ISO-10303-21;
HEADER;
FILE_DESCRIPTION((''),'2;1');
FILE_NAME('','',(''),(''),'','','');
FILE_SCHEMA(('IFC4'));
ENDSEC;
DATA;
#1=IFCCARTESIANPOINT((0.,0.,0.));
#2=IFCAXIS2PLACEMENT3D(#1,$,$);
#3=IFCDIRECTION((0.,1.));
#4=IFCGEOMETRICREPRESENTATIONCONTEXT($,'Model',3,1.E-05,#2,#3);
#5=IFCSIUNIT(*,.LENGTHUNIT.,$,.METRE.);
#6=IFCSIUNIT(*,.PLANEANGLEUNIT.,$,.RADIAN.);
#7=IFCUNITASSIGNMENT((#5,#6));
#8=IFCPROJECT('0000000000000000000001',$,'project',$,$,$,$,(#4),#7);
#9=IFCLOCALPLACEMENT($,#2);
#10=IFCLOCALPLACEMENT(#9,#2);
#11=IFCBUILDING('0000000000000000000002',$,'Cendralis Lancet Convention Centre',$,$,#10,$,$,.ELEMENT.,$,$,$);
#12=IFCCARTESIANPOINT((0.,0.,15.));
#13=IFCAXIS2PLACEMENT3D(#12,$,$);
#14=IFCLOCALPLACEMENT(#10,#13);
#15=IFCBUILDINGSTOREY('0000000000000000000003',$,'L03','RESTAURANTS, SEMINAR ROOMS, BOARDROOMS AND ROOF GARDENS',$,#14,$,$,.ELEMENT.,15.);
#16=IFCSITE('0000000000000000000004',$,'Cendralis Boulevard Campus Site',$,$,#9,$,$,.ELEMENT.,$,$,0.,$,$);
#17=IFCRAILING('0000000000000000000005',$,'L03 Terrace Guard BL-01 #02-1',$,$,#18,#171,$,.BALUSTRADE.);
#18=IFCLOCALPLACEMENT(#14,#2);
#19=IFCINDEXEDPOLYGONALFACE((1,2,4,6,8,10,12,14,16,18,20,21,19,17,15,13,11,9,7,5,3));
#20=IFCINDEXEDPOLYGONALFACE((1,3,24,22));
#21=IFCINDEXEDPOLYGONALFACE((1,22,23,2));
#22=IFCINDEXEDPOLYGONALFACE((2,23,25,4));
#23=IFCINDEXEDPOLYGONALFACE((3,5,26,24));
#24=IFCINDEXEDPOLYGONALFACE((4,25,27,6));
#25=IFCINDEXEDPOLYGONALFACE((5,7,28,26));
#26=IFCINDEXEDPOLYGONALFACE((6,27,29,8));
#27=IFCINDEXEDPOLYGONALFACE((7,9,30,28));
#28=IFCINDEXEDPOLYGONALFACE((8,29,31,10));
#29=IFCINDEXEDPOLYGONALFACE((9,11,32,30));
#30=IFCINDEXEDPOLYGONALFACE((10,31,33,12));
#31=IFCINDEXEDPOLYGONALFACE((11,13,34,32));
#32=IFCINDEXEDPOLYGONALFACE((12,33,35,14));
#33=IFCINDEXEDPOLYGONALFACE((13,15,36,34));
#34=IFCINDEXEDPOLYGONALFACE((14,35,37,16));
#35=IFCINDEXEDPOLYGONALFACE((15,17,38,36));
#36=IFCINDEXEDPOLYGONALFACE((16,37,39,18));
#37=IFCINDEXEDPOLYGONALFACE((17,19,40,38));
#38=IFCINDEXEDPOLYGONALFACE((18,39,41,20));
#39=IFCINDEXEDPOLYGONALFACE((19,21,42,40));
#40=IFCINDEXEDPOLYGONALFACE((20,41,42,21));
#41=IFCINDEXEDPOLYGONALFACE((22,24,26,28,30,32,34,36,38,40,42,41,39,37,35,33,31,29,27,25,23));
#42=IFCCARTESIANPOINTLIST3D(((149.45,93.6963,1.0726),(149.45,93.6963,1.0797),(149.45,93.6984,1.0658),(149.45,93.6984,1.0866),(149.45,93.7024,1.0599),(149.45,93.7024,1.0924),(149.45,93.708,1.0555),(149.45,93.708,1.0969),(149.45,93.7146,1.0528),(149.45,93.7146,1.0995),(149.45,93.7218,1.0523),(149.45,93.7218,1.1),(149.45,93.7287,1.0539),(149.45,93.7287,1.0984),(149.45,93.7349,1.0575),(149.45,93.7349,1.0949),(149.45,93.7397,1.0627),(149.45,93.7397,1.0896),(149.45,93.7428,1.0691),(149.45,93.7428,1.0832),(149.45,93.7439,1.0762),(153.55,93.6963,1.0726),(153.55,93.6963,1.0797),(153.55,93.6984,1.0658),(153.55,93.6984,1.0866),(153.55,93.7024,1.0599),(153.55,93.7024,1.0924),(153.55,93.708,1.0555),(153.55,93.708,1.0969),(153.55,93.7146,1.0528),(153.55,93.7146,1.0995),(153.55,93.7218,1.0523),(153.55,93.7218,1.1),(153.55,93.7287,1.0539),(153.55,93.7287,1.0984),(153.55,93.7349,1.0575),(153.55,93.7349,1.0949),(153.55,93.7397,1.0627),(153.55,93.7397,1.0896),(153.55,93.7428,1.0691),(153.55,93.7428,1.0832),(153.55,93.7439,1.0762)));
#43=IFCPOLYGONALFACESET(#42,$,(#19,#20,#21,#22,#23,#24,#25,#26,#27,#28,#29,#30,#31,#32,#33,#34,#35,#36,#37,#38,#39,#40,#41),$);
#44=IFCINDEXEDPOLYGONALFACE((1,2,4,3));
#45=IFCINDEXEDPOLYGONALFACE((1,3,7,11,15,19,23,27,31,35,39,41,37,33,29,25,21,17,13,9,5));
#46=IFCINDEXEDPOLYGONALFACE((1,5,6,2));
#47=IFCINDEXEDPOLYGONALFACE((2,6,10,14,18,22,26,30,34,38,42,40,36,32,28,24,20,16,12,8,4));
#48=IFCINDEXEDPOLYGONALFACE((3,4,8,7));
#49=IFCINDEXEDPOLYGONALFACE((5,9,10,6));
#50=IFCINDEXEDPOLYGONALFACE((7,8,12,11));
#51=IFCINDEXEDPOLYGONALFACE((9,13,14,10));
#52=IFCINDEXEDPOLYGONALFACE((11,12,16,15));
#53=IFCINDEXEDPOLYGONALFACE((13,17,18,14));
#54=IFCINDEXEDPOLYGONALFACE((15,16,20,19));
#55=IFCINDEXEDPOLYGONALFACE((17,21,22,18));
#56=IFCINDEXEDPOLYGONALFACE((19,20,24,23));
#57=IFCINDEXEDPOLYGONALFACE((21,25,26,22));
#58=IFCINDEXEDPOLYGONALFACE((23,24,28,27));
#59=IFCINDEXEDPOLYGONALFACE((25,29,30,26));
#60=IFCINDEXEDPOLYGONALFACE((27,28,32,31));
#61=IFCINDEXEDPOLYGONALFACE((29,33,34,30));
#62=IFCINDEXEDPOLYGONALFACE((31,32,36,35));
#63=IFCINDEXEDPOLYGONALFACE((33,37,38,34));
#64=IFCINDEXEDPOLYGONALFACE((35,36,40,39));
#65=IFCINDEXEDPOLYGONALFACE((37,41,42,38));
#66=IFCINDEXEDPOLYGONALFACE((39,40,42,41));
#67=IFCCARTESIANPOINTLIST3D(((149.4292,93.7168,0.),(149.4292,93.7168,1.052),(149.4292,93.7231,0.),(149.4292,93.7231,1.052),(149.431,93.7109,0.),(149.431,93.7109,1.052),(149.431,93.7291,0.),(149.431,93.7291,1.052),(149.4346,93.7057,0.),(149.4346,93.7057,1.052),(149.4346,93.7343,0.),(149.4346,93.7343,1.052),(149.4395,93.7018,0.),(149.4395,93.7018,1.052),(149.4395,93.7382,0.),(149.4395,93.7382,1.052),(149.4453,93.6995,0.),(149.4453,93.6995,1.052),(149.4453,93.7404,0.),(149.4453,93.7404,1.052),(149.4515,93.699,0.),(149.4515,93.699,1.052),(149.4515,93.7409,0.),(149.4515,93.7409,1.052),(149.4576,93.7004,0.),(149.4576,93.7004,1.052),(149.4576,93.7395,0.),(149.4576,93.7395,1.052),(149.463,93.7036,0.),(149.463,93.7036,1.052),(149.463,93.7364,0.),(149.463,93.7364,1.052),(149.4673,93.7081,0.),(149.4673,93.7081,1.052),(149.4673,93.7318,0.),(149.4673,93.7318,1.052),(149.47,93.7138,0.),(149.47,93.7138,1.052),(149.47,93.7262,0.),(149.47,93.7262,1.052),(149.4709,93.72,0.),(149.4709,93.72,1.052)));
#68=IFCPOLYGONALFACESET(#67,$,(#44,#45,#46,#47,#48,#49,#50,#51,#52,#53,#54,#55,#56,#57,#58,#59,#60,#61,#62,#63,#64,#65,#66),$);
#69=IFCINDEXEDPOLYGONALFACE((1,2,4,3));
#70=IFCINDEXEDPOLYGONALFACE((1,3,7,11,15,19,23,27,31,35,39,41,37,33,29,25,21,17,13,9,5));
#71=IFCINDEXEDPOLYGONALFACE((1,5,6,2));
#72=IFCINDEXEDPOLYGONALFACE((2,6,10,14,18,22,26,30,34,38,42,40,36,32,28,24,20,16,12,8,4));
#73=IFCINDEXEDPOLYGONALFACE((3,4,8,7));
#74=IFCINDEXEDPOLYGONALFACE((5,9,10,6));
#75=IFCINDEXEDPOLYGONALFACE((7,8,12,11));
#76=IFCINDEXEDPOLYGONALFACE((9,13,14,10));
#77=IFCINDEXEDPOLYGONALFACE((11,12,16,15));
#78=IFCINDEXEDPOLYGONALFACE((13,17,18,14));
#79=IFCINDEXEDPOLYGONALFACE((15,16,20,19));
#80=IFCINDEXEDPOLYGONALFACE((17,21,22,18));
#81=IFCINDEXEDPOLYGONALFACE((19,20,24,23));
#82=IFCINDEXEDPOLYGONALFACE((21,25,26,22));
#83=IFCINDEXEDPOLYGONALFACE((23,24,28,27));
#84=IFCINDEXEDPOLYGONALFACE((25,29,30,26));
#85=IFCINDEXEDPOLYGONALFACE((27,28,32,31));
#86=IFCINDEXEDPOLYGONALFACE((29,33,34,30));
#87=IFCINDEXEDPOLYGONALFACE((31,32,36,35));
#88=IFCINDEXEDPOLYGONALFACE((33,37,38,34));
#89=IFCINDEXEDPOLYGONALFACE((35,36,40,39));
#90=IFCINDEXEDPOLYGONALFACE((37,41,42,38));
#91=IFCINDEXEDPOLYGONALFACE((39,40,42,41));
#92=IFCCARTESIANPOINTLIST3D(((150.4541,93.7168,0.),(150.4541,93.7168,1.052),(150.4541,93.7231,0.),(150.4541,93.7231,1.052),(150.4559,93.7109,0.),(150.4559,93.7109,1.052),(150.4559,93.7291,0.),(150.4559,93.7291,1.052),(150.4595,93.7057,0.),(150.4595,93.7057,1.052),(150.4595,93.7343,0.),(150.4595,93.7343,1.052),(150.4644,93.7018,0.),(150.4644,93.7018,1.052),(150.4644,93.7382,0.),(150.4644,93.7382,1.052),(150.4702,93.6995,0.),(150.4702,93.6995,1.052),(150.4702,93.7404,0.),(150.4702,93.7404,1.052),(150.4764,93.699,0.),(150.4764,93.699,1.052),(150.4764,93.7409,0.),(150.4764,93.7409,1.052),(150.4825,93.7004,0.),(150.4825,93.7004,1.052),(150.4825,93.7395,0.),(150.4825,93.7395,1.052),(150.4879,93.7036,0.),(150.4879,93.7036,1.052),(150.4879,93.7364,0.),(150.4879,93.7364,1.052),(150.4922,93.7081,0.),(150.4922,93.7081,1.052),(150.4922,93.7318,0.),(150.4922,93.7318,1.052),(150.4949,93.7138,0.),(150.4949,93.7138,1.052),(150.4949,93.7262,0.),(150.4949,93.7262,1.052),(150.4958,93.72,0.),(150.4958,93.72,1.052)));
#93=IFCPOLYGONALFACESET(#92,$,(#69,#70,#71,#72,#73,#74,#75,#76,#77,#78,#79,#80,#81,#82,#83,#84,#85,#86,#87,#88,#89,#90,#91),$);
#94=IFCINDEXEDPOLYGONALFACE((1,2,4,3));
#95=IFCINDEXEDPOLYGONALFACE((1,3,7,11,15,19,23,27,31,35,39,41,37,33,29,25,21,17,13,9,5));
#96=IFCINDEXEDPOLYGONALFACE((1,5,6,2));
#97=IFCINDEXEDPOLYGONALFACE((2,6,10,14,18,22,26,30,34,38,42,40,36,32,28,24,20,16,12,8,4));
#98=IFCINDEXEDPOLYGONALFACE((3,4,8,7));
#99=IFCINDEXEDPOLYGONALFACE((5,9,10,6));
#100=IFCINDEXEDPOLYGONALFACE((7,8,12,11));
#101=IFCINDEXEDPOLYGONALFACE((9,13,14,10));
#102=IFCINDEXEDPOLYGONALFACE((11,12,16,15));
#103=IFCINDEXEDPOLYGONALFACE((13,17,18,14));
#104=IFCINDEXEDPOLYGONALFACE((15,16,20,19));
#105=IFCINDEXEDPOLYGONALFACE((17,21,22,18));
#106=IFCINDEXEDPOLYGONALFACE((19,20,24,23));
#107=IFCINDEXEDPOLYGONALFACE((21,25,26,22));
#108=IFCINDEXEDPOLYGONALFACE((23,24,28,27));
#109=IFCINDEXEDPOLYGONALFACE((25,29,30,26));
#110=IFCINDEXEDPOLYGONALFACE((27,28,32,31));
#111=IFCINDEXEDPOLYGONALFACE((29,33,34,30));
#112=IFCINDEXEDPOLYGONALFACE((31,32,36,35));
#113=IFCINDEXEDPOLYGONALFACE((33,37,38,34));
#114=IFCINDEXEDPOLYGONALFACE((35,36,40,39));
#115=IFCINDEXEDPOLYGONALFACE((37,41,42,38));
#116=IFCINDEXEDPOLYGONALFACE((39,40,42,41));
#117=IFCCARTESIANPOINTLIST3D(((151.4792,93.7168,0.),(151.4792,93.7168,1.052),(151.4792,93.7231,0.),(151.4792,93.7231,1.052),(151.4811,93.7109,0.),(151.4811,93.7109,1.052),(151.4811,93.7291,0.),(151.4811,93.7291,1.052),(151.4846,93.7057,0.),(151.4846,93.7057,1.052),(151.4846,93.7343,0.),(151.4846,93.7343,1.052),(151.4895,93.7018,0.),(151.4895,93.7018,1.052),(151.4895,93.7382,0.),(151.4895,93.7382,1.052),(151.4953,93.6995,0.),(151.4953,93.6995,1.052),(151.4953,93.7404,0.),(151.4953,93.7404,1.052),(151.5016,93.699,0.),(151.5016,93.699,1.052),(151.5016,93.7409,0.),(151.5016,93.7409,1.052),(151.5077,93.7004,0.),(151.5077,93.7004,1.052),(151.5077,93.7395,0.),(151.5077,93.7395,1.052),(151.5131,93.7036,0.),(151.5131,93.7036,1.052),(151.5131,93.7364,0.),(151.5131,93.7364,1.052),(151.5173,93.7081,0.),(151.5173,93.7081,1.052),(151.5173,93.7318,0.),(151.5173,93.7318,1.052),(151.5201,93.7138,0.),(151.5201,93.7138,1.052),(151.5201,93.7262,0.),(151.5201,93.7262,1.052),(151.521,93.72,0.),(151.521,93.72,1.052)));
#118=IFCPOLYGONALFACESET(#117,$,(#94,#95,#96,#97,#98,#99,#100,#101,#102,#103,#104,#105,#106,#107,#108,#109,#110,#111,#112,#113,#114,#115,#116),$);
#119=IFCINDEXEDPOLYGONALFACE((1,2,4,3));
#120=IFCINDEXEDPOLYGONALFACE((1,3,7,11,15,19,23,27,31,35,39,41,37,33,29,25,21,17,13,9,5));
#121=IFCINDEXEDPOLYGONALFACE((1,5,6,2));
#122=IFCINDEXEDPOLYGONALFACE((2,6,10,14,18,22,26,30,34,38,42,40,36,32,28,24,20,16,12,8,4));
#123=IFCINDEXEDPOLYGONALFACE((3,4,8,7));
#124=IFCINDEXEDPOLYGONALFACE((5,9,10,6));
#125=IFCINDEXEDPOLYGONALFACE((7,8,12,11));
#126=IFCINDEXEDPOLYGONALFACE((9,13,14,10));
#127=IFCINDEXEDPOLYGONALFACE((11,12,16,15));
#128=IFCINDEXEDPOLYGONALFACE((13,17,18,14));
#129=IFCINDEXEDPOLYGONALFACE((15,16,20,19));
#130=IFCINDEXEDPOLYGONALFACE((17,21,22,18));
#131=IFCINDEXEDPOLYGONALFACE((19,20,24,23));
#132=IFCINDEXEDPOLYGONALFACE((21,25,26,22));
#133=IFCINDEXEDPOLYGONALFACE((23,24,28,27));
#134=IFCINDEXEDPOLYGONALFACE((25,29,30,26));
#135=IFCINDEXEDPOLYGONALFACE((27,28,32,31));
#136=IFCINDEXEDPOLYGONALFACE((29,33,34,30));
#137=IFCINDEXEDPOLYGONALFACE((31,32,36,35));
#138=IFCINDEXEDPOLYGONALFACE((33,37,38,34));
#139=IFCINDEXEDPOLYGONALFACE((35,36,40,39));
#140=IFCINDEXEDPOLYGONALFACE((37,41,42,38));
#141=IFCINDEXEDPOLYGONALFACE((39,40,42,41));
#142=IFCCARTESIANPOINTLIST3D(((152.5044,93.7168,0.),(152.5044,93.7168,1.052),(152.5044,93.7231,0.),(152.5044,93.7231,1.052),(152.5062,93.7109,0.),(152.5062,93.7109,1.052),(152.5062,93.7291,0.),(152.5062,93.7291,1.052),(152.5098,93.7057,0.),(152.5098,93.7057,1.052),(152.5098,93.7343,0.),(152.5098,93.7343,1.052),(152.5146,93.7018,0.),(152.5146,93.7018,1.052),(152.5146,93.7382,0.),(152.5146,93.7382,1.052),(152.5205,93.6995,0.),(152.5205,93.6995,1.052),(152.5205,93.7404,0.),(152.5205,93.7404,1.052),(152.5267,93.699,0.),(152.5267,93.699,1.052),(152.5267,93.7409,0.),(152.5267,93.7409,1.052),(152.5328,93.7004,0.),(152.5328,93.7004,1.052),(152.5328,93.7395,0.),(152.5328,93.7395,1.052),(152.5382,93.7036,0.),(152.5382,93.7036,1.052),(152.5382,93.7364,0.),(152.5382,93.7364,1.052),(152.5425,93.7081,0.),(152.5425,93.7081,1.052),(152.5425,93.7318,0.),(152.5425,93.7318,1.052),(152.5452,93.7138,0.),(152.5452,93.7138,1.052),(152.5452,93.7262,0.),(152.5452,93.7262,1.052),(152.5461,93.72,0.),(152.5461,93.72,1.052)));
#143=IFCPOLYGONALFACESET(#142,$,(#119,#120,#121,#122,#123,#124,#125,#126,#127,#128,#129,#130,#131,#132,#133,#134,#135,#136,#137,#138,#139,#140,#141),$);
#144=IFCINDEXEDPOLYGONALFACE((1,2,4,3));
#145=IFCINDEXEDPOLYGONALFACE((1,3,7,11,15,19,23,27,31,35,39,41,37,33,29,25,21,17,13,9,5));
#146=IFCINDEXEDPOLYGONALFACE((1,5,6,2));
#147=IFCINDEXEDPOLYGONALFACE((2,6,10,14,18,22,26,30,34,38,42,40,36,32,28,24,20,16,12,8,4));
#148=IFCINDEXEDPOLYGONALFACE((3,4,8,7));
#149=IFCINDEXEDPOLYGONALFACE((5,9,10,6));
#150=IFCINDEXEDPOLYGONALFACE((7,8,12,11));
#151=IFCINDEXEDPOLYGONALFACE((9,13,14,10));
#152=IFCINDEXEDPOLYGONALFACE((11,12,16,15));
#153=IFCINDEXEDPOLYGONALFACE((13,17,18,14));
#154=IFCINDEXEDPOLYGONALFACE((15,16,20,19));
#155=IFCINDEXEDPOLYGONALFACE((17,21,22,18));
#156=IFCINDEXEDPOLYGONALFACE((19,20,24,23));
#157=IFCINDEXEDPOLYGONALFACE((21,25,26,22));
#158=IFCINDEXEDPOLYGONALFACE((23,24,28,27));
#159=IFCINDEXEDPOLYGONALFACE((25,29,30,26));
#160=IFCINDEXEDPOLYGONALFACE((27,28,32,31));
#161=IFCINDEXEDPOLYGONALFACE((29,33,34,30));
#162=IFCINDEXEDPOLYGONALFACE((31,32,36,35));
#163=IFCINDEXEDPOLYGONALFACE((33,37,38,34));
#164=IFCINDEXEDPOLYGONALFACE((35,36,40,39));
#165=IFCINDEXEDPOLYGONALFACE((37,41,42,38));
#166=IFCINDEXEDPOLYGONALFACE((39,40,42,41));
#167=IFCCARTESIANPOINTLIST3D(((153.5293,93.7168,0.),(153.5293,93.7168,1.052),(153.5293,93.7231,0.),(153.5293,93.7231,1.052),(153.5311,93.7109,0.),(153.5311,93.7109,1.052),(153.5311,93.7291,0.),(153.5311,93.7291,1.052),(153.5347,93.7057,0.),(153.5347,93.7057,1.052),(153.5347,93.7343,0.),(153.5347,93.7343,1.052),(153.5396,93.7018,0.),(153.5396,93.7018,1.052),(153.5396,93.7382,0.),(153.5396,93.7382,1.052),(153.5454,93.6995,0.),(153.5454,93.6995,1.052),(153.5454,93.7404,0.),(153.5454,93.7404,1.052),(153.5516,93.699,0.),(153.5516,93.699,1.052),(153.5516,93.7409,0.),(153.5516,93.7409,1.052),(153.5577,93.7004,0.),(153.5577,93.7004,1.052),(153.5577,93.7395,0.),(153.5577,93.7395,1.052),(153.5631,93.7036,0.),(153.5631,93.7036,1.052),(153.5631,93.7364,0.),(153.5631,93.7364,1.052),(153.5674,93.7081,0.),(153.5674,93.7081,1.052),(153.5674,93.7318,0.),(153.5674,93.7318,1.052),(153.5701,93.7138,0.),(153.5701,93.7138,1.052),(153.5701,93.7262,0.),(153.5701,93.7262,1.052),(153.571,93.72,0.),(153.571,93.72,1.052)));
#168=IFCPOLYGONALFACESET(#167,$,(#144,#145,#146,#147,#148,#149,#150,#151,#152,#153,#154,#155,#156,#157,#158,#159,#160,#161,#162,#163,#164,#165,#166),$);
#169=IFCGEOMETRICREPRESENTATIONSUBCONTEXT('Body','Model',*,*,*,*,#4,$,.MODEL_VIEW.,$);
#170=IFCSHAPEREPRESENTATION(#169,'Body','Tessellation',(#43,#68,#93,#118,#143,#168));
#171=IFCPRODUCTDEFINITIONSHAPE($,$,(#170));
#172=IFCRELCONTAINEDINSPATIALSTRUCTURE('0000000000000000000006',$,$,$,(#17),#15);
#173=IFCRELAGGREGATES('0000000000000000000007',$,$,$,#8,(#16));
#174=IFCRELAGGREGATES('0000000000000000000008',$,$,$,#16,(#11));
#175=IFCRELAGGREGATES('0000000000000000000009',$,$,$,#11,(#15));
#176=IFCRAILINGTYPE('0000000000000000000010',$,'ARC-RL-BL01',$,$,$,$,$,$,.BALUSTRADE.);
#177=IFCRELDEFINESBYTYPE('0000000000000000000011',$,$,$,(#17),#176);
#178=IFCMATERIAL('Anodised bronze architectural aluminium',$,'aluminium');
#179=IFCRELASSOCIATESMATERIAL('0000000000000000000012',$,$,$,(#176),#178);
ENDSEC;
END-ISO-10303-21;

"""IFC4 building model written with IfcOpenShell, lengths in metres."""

from ifc_helpers import new_model, si_unit, direction, frame, origin, origin_2d, place, context, subcontext, project, spatial, circle, extrude, material, type_object, element, save


model = new_model("IFC4")

# Units and contexts
model_context = context("Model", 3, precision=1e-05, world=origin(), true_north=direction((0.0, 1.0)))
body_context = subcontext(model_context, "Body", "Model", "MODEL_VIEW")
ifc_project = project(units=[si_unit("LENGTHUNIT", "METRE"), si_unit("PLANEANGLEUNIT", "RADIAN")], contexts=[model_context])

# Site, building, storey
site_placement = place(None, origin())
site = spatial("IfcSite", under=ifc_project, at=site_placement, Name="Cendralis Boulevard Campus Site", CompositionType="ELEMENT", RefElevation=0.0)
building_placement = place(site_placement, origin())
building = spatial("IfcBuilding", under=site, at=building_placement, Name="Cendralis Lancet Convention Centre", CompositionType="ELEMENT")
storey_placement = place(building_placement, frame((0.0, 0.0, 15.0)))
storey = spatial("IfcBuildingStorey", under=building, at=storey_placement, Name="L03", Description="RESTAURANTS, SEMINAR ROOMS, BOARDROOMS AND ROOF GARDENS", CompositionType="ELEMENT", Elevation=15.0)

# Shared definitions
ifc_material_1 = material(Name="Anodised bronze architectural aluminium", Category="aluminium")

# Railing
railing_type = type_object("IfcRailingType", Name="ARC-RL-BL01", PredefinedType="BALUSTRADE", material=ifc_material_1)
railing_1_placement = place(storey_placement, frame((149.45, 93.72, 0.0)))
element("IfcRailing", 1, at=railing_1_placement, inside=storey, type_object=railing_type, Name="L03 Terrace Guard BL-01 #02-1", PredefinedType="BALUSTRADE", context=body_context, shape_type="SweptSolid", body=[
    extrude(circle(Radius=0.0239, at=origin_2d()), frame((0.0, 0.0, 1.0762), z_axis=(1.0, 0.0, 0.0), x_axis=(0.0, 1.0, 0.0)), (0.0, 0.0, 1.0), 4.1001),
    extrude(circle(Radius=0.021, at=origin_2d()), origin(), (0.0, 0.0, 1.0), 1.052),
    extrude(circle(Radius=0.021, at=origin_2d()), frame((1.0249, 0.0, 0.0)), (0.0, 0.0, 1.0), 1.052),
    extrude(circle(Radius=0.021, at=origin_2d()), frame((2.05, 0.0, 0.0)), (0.0, 0.0, 1.0), 1.052),
    extrude(circle(Radius=0.021, at=origin_2d()), frame((3.0752, 0.0, 0.0)), (0.0, 0.0, 1.0), 1.052),
    extrude(circle(Radius=0.021, at=origin_2d()), frame((4.1001, 0.0, 0.0)), (0.0, 0.0, 1.0), 1.052),
])

save(model, "model.ifc")
